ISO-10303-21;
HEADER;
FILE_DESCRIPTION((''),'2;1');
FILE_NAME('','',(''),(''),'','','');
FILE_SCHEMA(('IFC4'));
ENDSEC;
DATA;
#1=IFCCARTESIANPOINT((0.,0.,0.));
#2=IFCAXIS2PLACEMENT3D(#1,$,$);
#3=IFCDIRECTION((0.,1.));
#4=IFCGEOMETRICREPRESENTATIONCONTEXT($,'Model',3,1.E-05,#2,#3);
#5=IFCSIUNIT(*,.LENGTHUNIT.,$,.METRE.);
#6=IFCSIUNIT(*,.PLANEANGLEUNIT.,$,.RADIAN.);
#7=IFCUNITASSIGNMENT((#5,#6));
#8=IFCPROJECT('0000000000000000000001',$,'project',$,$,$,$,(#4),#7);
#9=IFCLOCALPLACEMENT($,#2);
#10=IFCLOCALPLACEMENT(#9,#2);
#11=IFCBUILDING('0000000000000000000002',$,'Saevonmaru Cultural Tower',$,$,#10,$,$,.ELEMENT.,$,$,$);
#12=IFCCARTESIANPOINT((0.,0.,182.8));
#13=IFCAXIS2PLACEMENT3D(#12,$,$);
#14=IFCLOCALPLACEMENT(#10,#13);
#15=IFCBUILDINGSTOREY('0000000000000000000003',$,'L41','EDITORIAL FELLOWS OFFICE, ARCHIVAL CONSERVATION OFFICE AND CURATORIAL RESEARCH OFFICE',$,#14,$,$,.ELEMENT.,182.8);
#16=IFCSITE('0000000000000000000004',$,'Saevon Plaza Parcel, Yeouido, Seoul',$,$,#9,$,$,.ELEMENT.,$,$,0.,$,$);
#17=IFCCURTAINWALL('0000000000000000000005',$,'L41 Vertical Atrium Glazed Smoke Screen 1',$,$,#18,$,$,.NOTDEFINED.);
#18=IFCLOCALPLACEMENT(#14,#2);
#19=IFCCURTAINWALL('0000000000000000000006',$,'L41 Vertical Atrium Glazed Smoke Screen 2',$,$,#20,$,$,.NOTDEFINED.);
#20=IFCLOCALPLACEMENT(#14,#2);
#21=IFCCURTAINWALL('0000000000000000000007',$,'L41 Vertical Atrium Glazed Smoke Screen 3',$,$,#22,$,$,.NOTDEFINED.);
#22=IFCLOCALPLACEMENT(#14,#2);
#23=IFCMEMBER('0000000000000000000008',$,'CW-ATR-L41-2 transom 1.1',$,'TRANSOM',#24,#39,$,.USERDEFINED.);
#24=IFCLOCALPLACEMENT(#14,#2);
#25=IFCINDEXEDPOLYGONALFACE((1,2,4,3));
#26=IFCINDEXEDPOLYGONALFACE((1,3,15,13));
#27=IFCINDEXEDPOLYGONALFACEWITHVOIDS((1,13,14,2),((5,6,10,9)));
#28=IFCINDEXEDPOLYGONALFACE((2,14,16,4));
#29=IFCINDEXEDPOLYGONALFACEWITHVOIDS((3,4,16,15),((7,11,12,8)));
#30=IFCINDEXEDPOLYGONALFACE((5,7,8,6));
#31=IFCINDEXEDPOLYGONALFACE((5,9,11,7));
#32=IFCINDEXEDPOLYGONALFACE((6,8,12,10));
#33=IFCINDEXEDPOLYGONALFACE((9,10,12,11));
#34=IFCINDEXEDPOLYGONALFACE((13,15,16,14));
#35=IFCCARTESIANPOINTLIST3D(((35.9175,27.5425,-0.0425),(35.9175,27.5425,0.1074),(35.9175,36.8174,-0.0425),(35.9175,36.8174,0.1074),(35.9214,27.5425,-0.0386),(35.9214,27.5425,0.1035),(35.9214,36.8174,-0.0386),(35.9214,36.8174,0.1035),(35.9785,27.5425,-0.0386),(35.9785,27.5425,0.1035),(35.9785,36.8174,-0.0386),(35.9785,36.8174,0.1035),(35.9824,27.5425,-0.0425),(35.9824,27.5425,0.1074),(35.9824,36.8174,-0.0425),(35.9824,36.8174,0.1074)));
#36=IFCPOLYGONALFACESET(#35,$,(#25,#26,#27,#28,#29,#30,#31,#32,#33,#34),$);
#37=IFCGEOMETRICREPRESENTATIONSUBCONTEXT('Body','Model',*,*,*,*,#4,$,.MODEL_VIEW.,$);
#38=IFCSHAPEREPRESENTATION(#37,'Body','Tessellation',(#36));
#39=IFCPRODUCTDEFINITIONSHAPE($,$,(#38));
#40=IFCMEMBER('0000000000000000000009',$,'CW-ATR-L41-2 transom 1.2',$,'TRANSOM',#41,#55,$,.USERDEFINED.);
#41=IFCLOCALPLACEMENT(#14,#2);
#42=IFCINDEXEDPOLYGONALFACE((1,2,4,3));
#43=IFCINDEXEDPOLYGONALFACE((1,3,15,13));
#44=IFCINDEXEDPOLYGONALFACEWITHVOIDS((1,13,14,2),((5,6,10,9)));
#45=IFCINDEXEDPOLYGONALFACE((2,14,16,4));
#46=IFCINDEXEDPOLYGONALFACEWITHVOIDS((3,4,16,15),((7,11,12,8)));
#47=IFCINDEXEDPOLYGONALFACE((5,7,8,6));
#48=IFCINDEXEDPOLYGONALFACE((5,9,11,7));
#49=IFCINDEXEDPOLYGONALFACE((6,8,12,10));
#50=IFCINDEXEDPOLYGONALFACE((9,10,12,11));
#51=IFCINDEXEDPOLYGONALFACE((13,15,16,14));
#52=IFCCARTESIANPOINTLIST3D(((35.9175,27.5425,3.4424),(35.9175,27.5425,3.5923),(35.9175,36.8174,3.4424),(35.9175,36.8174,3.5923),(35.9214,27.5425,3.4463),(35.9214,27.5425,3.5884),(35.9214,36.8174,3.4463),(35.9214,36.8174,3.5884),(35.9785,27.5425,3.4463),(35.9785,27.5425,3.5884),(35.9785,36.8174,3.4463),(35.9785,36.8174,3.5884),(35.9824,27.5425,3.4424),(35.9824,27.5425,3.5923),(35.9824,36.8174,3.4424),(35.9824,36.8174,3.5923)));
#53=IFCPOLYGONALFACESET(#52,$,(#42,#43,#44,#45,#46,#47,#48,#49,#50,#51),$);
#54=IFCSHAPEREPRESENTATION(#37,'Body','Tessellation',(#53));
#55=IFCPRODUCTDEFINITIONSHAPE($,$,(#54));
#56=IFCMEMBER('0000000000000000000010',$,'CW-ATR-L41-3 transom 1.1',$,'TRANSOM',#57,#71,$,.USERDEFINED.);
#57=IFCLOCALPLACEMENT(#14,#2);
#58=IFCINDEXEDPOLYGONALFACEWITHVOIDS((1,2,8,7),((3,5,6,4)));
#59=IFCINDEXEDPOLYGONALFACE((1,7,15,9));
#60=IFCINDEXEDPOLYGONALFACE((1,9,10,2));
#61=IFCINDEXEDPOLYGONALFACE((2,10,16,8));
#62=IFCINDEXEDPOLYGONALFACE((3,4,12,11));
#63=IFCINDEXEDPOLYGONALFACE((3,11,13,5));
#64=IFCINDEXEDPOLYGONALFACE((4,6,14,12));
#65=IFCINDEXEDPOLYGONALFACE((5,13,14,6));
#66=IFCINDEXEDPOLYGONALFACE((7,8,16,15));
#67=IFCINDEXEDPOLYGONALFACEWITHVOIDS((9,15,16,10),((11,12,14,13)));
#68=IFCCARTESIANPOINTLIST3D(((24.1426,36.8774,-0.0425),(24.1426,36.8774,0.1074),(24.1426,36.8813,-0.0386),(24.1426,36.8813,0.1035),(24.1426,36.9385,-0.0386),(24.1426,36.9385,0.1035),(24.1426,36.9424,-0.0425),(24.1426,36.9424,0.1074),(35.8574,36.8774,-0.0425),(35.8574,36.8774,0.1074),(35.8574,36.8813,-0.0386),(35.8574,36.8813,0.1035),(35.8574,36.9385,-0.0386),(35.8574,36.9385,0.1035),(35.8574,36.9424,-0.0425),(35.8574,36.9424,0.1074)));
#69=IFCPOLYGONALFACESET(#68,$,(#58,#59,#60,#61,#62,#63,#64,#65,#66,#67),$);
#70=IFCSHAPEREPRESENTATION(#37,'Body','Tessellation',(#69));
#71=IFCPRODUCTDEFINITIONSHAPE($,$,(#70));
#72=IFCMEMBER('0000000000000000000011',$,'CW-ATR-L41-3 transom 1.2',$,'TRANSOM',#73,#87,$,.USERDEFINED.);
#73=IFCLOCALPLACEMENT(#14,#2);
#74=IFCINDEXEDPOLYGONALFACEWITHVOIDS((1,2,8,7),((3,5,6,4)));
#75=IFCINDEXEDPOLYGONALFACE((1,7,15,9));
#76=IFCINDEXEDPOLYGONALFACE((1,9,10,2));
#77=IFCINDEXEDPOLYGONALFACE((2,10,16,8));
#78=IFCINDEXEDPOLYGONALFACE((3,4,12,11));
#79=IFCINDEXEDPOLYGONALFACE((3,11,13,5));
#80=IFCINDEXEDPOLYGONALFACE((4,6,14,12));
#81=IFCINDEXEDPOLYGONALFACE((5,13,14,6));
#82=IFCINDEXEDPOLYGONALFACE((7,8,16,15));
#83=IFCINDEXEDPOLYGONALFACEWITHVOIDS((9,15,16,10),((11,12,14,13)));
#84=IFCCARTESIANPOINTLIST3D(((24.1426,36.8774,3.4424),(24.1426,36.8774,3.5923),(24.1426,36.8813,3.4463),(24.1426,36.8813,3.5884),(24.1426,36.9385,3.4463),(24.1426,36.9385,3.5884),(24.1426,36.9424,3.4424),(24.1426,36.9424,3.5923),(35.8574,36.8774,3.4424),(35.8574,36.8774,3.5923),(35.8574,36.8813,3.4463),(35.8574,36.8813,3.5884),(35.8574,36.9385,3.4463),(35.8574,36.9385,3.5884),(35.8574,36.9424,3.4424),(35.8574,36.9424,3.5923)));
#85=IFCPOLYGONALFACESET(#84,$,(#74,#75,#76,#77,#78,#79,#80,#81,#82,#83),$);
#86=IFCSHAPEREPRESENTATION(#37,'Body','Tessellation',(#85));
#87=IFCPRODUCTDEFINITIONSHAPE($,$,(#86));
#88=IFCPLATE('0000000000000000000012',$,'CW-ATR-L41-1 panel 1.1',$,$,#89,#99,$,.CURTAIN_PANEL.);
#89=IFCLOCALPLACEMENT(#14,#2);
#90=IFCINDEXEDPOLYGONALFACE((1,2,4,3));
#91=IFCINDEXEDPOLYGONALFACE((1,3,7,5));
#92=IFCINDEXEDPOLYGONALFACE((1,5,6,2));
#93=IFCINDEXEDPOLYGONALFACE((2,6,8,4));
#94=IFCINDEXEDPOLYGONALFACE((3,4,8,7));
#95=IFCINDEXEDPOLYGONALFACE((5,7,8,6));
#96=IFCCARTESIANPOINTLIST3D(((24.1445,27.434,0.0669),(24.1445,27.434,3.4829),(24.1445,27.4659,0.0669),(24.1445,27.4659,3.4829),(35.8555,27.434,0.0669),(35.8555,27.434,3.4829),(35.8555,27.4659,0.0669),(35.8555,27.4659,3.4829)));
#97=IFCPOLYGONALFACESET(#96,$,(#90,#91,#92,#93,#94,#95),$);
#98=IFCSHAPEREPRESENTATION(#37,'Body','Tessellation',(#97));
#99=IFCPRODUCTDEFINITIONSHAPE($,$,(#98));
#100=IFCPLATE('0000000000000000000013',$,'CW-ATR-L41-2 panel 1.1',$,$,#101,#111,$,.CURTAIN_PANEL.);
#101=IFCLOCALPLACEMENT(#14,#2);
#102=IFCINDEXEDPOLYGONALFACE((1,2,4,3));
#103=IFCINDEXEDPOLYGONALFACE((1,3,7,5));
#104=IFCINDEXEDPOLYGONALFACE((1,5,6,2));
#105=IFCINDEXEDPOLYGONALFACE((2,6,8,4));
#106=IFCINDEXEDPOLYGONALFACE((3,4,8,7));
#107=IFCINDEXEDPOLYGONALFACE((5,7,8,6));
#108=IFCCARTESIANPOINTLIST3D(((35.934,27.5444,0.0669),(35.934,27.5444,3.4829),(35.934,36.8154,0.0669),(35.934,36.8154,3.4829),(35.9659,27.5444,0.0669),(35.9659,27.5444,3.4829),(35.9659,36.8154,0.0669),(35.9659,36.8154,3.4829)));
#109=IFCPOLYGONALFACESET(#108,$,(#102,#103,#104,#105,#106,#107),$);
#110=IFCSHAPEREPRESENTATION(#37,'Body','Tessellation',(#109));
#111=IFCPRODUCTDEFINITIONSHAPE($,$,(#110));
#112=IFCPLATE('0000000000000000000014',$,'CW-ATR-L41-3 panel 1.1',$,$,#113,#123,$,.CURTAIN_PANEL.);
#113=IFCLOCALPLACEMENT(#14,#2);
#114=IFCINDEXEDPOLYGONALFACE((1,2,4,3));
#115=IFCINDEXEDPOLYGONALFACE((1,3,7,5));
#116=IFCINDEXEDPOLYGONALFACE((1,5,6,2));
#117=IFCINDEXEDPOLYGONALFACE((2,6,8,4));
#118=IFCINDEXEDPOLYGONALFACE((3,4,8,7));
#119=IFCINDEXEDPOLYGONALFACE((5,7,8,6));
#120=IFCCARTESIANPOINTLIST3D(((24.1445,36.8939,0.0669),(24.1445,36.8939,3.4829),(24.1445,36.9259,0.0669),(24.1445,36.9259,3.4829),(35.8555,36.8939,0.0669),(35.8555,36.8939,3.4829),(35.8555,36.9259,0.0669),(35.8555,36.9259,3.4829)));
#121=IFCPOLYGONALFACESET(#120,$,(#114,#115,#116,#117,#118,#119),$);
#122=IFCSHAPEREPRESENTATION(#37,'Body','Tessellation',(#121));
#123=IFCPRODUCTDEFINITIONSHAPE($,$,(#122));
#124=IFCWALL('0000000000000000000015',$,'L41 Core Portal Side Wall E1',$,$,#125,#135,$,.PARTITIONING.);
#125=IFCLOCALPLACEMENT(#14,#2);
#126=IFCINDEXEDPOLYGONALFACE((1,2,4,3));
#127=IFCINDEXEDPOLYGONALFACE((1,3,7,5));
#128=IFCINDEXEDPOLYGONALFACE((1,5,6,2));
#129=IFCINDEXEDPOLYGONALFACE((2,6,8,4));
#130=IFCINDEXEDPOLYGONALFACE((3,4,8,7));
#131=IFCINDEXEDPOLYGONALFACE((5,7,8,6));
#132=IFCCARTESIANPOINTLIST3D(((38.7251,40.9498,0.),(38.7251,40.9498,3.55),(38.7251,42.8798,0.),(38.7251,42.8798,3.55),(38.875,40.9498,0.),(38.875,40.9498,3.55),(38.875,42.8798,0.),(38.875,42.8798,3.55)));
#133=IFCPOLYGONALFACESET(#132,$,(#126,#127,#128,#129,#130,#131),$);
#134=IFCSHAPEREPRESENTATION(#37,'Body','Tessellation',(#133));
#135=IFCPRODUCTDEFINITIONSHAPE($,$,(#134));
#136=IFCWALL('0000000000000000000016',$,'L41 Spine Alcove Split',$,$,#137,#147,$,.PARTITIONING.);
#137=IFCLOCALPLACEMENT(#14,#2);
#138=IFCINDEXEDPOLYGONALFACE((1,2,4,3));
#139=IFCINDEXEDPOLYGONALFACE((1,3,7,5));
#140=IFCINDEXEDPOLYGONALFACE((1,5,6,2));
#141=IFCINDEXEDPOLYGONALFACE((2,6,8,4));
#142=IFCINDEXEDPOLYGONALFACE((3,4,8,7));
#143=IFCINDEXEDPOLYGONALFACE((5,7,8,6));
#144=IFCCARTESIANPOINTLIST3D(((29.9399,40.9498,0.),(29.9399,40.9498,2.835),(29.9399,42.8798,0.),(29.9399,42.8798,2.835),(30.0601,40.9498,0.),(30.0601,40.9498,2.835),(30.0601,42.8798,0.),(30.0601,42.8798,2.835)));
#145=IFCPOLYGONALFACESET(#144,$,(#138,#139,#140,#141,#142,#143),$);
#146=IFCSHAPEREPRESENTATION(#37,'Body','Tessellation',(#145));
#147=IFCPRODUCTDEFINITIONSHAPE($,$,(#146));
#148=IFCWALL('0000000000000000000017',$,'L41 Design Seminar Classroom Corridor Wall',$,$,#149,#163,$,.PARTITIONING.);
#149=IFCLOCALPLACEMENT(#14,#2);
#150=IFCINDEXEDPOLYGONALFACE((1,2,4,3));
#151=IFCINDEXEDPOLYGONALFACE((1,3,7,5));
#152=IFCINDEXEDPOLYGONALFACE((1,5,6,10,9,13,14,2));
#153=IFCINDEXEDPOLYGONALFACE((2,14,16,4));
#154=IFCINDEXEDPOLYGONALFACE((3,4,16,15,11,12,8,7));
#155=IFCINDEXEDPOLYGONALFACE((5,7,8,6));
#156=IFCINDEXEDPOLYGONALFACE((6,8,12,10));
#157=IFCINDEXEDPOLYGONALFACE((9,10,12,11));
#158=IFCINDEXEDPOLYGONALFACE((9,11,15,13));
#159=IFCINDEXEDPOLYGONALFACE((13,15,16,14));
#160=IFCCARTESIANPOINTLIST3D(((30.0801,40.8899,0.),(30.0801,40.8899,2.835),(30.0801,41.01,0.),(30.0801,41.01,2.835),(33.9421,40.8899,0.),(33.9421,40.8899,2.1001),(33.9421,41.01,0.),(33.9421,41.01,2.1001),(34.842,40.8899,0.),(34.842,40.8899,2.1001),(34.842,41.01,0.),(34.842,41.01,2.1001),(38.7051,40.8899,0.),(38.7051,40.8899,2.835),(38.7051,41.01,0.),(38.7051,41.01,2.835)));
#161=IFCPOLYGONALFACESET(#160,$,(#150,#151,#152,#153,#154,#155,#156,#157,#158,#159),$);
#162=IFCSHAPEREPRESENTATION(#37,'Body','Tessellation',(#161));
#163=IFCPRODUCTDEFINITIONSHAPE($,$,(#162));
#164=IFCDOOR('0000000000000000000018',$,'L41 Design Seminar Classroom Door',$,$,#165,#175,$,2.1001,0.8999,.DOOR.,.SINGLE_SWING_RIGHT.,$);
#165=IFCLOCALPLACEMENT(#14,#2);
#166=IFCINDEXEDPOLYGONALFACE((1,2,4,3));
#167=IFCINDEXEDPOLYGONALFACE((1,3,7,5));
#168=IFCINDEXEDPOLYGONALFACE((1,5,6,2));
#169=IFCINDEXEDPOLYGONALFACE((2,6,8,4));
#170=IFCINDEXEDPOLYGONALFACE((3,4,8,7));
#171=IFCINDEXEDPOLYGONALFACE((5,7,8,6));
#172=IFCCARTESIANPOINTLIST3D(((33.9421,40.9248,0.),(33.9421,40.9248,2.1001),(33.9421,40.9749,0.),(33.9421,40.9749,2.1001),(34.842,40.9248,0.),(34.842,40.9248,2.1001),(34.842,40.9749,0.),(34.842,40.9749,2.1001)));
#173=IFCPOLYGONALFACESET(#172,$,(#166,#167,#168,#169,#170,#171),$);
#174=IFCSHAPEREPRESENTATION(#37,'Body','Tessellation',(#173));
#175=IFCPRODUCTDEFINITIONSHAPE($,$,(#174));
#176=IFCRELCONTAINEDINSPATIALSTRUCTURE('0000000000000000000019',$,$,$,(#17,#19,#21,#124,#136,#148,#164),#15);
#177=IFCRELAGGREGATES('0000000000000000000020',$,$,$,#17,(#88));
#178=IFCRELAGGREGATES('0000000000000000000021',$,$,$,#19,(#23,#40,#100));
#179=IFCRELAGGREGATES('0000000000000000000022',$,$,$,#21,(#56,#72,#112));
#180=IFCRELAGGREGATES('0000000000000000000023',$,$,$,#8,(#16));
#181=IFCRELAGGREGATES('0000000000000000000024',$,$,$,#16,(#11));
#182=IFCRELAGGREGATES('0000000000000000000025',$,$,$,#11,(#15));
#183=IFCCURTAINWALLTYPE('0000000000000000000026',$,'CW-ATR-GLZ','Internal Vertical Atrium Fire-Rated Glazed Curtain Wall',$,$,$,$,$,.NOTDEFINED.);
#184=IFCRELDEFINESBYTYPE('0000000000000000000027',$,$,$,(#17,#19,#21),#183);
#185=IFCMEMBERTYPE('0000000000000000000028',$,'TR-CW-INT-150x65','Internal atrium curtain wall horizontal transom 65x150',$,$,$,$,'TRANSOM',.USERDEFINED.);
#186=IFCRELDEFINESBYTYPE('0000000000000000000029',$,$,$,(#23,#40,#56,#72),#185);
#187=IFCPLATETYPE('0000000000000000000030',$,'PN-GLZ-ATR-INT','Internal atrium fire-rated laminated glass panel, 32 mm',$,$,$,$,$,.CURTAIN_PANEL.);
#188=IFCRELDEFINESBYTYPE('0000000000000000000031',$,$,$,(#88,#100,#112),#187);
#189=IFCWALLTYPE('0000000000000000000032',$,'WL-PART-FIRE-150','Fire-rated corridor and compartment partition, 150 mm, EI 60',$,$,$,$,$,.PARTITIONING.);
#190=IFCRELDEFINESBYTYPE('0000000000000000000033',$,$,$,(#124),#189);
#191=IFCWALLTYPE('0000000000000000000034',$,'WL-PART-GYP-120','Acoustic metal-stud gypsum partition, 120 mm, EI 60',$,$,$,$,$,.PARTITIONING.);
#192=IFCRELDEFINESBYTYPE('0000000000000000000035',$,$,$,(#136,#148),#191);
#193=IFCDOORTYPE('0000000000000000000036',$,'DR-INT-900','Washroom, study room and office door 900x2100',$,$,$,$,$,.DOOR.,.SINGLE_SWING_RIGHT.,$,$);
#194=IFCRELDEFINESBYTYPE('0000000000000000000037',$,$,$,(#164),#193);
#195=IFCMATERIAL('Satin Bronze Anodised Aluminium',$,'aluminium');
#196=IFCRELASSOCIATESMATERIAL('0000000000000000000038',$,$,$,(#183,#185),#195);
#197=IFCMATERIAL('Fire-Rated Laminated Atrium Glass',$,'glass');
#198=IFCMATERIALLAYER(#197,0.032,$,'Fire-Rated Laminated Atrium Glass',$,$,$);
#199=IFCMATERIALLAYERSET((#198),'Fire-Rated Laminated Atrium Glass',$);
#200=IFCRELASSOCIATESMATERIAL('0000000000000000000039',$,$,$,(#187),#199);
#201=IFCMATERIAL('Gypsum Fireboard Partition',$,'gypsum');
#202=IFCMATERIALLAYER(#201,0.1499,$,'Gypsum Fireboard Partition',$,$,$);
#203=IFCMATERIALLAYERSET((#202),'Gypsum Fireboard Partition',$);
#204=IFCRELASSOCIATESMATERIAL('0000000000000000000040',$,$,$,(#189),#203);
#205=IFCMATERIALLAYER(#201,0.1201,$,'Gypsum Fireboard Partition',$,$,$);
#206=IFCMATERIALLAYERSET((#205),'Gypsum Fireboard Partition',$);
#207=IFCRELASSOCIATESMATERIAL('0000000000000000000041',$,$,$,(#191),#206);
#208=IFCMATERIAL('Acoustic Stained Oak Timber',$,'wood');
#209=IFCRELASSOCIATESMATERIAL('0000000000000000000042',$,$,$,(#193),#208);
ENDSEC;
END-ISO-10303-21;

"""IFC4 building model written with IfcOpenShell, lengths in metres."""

from ifc_helpers import new_model, si_unit, direction, frame, frame_2d, origin, origin_2d, place, context, subcontext, project, spatial, rectangle, hollow_rectangle, extrude, material, layer, layer_set, material_profile, profile_set, type_object, element, fill, aggregate, save


model = new_model("IFC4")

# Units and contexts
model_context = context("Model", 3, precision=1e-05, world=origin(), true_north=direction((0.0, 1.0)))
body_context = subcontext(model_context, "Body", "Model", "MODEL_VIEW")
ifc_project = project(units=[si_unit("LENGTHUNIT", "METRE"), si_unit("PLANEANGLEUNIT", "RADIAN")], contexts=[model_context])

# Site, building, storey
site_placement = place(None, origin())
site = spatial("IfcSite", under=ifc_project, at=site_placement, Name="Saevon Plaza Parcel, Yeouido, Seoul", CompositionType="ELEMENT", RefElevation=0.0)
building_placement = place(site_placement, origin())
building = spatial("IfcBuilding", under=site, at=building_placement, Name="Saevonmaru Cultural Tower", CompositionType="ELEMENT")
storey_placement = place(building_placement, frame((0.0, 0.0, 182.8)))
storey = spatial("IfcBuildingStorey", under=building, at=storey_placement, Name="L41", Description="EDITORIAL FELLOWS OFFICE, ARCHIVAL CONSERVATION OFFICE AND CURATORIAL RESEARCH OFFICE", CompositionType="ELEMENT", Elevation=182.8)

# Curtain wall
ifc_material_1 = material(Name="Satin Bronze Anodised Aluminium", Category="aluminium")
curtain_wall_type_1 = type_object("IfcCurtainWallType", Name="CW-ATR-GLZ", Description="Internal Vertical Atrium Fire-Rated Glazed Curtain Wall", PredefinedType="NOTDEFINED", material=ifc_material_1)
curtain_wall_1_placement = place(storey_placement, origin())
curtain_wall_1 = element("IfcCurtainWall", 1, at=curtain_wall_1_placement, inside=storey, type_object=curtain_wall_type_1, Name="L41 Vertical Atrium Glazed Smoke Screen 1", PredefinedType="NOTDEFINED")

# Curtain walls
curtain_wall_2_placement = place(storey_placement, origin())
curtain_wall_2 = element("IfcCurtainWall", 2, at=curtain_wall_2_placement, inside=storey, type_object=curtain_wall_type_1, Name="L41 Vertical Atrium Glazed Smoke Screen 2", PredefinedType="NOTDEFINED")
curtain_wall_3_placement = place(storey_placement, origin())
curtain_wall_3 = element("IfcCurtainWall", 3, at=curtain_wall_3_placement, inside=storey, type_object=curtain_wall_type_1, Name="L41 Vertical Atrium Glazed Smoke Screen 3", PredefinedType="NOTDEFINED")

# Members
ifc_material_profile_1 = material_profile(ifc_material_1, hollow_rectangle(XDim=0.0649, YDim=0.1499, WallThickness=0.0039, at=origin_2d()), Name="ALU-TRAN-150x65x4")
ifc_profile_set_1 = profile_set([ifc_material_profile_1], Name="Satin Bronze Anodised Aluminium")
member_type_1 = type_object("IfcMemberType", Name="TR-CW-INT-150x65", Description="Internal atrium curtain wall horizontal transom 65x150", ElementType="TRANSOM", PredefinedType="USERDEFINED", material=ifc_profile_set_1)
member_1_placement = place(storey_placement, frame((35.95, 27.5425, 0.0325), z_axis=(0.0, 1.0, 0.0), x_axis=(-1.0, 0.0, 0.0)))
member_1 = element("IfcMember", 4, at=member_1_placement, type_object=member_type_1, Name="CW-ATR-L41-2 transom 1.1", ObjectType="TRANSOM", PredefinedType="USERDEFINED", context=body_context, shape_type="SweptSolid", body=[
    extrude(hollow_rectangle(XDim=0.0649, YDim=0.1499, WallThickness=0.0039, at=origin_2d()), origin(), (0.0, 0.0, 1.0), 9.2749),
])
member_2_placement = place(storey_placement, frame((35.95, 27.5425, 3.5173), z_axis=(0.0, 1.0, 0.0), x_axis=(-1.0, 0.0, 0.0)))
member_2 = element("IfcMember", 5, at=member_2_placement, type_object=member_type_1, Name="CW-ATR-L41-2 transom 1.2", ObjectType="TRANSOM", PredefinedType="USERDEFINED", context=body_context, shape_type="SweptSolid", body=[
    extrude(hollow_rectangle(XDim=0.0649, YDim=0.1499, WallThickness=0.0039, at=origin_2d()), origin(), (0.0, 0.0, 1.0), 9.2749),
])
member_3_placement = place(storey_placement, frame((35.8574, 36.9099, 0.0325), z_axis=(-1.0, 0.0, 0.0), x_axis=(0.0, -1.0, 0.0)))
member_3 = element("IfcMember", 6, at=member_3_placement, type_object=member_type_1, Name="CW-ATR-L41-3 transom 1.1", ObjectType="TRANSOM", PredefinedType="USERDEFINED", context=body_context, shape_type="SweptSolid", body=[
    extrude(hollow_rectangle(XDim=0.0649, YDim=0.1499, WallThickness=0.0039, at=origin_2d()), origin(), (0.0, 0.0, 1.0), 11.7148),
])
member_4_placement = place(storey_placement, frame((35.8574, 36.9099, 3.5173), z_axis=(-1.0, 0.0, 0.0), x_axis=(0.0, -1.0, 0.0)))
member_4 = element("IfcMember", 7, at=member_4_placement, type_object=member_type_1, Name="CW-ATR-L41-3 transom 1.2", ObjectType="TRANSOM", PredefinedType="USERDEFINED", context=body_context, shape_type="SweptSolid", body=[
    extrude(hollow_rectangle(XDim=0.0649, YDim=0.1499, WallThickness=0.0039, at=origin_2d()), origin(), (0.0, 0.0, 1.0), 11.7148),
])

# Plates
ifc_material_2 = material(Name="Fire-Rated Laminated Atrium Glass", Category="glass")
ifc_layer_1 = layer(ifc_material_2, 0.032, Name="Fire-Rated Laminated Atrium Glass")
ifc_layer_set_1 = layer_set([ifc_layer_1], Name="Fire-Rated Laminated Atrium Glass")
plate_type = type_object("IfcPlateType", Name="PN-GLZ-ATR-INT", Description="Internal atrium fire-rated laminated glass panel, 32 mm", PredefinedType="CURTAIN_PANEL", material=ifc_layer_set_1)
plate_1_placement = place(storey_placement, frame((30.0, 27.45, 0.0669), z_axis=(0.0, 0.0, 1.0), x_axis=(1.0, 0.0, 0.0)))
plate_1 = element("IfcPlate", 8, at=plate_1_placement, type_object=plate_type, Name="CW-ATR-L41-1 panel 1.1", PredefinedType="CURTAIN_PANEL", context=body_context, shape_type="SweptSolid", body=[
    extrude(rectangle(XDim=11.7109, YDim=0.032, at=origin_2d()), origin(), (0.0, 0.0, 1.0), 3.416),
])
aggregate(curtain_wall_1, [plate_1])
plate_2_placement = place(storey_placement, frame((35.95, 32.1799, 0.0669), z_axis=(0.0, 0.0, 1.0), x_axis=(0.0, 1.0, 0.0)))
plate_2 = element("IfcPlate", 9, at=plate_2_placement, type_object=plate_type, Name="CW-ATR-L41-2 panel 1.1", PredefinedType="CURTAIN_PANEL", context=body_context, shape_type="SweptSolid", body=[
    extrude(rectangle(XDim=9.271, YDim=0.032, at=origin_2d()), origin(), (0.0, 0.0, 1.0), 3.416),
])
aggregate(curtain_wall_2, [member_1, member_2, plate_2])
plate_3_placement = place(storey_placement, frame((30.0, 36.9099, 0.0669), z_axis=(0.0, 0.0, 1.0), x_axis=(-1.0, 0.0, 0.0)))
plate_3 = element("IfcPlate", 10, at=plate_3_placement, type_object=plate_type, Name="CW-ATR-L41-3 panel 1.1", PredefinedType="CURTAIN_PANEL", context=body_context, shape_type="SweptSolid", body=[
    extrude(rectangle(XDim=11.7109, YDim=0.032, at=origin_2d()), origin(), (0.0, 0.0, 1.0), 3.416),
])
aggregate(curtain_wall_3, [member_3, member_4, plate_3])

# Walls
ifc_material_3 = material(Name="Gypsum Fireboard Partition", Category="gypsum")
ifc_layer_2 = layer(ifc_material_3, 0.1499, Name="Gypsum Fireboard Partition")
ifc_layer_set_2 = layer_set([ifc_layer_2], Name="Gypsum Fireboard Partition")
wall_type_1 = type_object("IfcWallType", Name="WL-PART-FIRE-150", Description="Fire-rated corridor and compartment partition, 150 mm, EI 60", PredefinedType="PARTITIONING", material=ifc_layer_set_2)
wall_1_placement = place(storey_placement, frame((38.8, 40.95, 0.0), z_axis=(0.0, 0.0, 1.0), x_axis=(0.0, 1.0, 0.0)))
element("IfcWall", 11, at=wall_1_placement, inside=storey, type_object=wall_type_1, Name="L41 Core Portal Side Wall E1", PredefinedType="PARTITIONING", context=body_context, shape_type="SweptSolid", body=[
    extrude(rectangle(XDim=1.9299, YDim=0.1499, at=frame_2d((0.9648, 0.0))), origin(), (0.0, 0.0, 1.0), 3.55),
])
ifc_layer_3 = layer(ifc_material_3, 0.1201, Name="Gypsum Fireboard Partition")
ifc_layer_set_3 = layer_set([ifc_layer_3], Name="Gypsum Fireboard Partition")
wall_type_2 = type_object("IfcWallType", Name="WL-PART-GYP-120", Description="Acoustic metal-stud gypsum partition, 120 mm, EI 60", PredefinedType="PARTITIONING", material=ifc_layer_set_3)
wall_2_placement = place(storey_placement, frame((30.0, 40.95, 0.0), z_axis=(0.0, 0.0, 1.0), x_axis=(0.0, 1.0, 0.0)))
element("IfcWall", 12, at=wall_2_placement, inside=storey, type_object=wall_type_2, Name="L41 Spine Alcove Split", PredefinedType="PARTITIONING", context=body_context, shape_type="SweptSolid", body=[
    extrude(rectangle(XDim=1.9299, YDim=0.1201, at=frame_2d((0.9648, 0.0))), origin(), (0.0, 0.0, 1.0), 2.835),
])

# Wall, opening, door
wall_3_placement = place(storey_placement, frame((30.0801, 40.95, 0.0), z_axis=(0.0, 0.0, 1.0), x_axis=(1.0, 0.0, 0.0)))
wall_3 = element("IfcWall", 13, at=wall_3_placement, inside=storey, type_object=wall_type_2, Name="L41 Design Seminar Classroom Corridor Wall", PredefinedType="PARTITIONING", context=body_context, shape_type="SweptSolid", body=[
    extrude(rectangle(XDim=8.625, YDim=0.1201, at=frame_2d((4.3125, 0.0))), origin(), (0.0, 0.0, 1.0), 2.835),
])
opening_1_placement = place(wall_3_placement, frame((3.8621, 0.0, 0.0)))
opening_1 = element("IfcOpeningElement", 14, at=opening_1_placement, cuts=wall_3, PredefinedType="OPENING", context=body_context, shape_type="SweptSolid", body=[
    extrude(rectangle(XDim=0.8999, YDim=2.1001, at=frame_2d((0.45, 1.05))), frame((0.0, 0.0701, 0.0), z_axis=(0.0, -1.0, 0.0), x_axis=(1.0, 0.0, 0.0)), (0.0, 0.0, 1.0), 0.1401),
])
ifc_material_4 = material(Name="Acoustic Stained Oak Timber", Category="wood")
door_type = type_object("IfcDoorType", Name="DR-INT-900", Description="Washroom, study room and office door 900x2100", OperationType="SINGLE_SWING_RIGHT", PredefinedType="DOOR", material=ifc_material_4)
door_1_placement = place(opening_1_placement, origin())
door_1 = element("IfcDoor", 15, at=door_1_placement, inside=storey, type_object=door_type, Name="L41 Design Seminar Classroom Door", OperationType="SINGLE_SWING_RIGHT", OverallHeight=2.1001, OverallWidth=0.8999, PredefinedType="DOOR", context=body_context, shape_type="SweptSolid", body=[
    extrude(rectangle(XDim=0.8999, YDim=2.1001, at=frame_2d((0.45, 1.05))), frame((0.0, 0.0249, 0.0), z_axis=(0.0, -1.0, 0.0), x_axis=(1.0, 0.0, 0.0)), (0.0, 0.0, 1.0), 0.05),
])
fill(opening_1, door_1)

save(model, "model.ifc")
